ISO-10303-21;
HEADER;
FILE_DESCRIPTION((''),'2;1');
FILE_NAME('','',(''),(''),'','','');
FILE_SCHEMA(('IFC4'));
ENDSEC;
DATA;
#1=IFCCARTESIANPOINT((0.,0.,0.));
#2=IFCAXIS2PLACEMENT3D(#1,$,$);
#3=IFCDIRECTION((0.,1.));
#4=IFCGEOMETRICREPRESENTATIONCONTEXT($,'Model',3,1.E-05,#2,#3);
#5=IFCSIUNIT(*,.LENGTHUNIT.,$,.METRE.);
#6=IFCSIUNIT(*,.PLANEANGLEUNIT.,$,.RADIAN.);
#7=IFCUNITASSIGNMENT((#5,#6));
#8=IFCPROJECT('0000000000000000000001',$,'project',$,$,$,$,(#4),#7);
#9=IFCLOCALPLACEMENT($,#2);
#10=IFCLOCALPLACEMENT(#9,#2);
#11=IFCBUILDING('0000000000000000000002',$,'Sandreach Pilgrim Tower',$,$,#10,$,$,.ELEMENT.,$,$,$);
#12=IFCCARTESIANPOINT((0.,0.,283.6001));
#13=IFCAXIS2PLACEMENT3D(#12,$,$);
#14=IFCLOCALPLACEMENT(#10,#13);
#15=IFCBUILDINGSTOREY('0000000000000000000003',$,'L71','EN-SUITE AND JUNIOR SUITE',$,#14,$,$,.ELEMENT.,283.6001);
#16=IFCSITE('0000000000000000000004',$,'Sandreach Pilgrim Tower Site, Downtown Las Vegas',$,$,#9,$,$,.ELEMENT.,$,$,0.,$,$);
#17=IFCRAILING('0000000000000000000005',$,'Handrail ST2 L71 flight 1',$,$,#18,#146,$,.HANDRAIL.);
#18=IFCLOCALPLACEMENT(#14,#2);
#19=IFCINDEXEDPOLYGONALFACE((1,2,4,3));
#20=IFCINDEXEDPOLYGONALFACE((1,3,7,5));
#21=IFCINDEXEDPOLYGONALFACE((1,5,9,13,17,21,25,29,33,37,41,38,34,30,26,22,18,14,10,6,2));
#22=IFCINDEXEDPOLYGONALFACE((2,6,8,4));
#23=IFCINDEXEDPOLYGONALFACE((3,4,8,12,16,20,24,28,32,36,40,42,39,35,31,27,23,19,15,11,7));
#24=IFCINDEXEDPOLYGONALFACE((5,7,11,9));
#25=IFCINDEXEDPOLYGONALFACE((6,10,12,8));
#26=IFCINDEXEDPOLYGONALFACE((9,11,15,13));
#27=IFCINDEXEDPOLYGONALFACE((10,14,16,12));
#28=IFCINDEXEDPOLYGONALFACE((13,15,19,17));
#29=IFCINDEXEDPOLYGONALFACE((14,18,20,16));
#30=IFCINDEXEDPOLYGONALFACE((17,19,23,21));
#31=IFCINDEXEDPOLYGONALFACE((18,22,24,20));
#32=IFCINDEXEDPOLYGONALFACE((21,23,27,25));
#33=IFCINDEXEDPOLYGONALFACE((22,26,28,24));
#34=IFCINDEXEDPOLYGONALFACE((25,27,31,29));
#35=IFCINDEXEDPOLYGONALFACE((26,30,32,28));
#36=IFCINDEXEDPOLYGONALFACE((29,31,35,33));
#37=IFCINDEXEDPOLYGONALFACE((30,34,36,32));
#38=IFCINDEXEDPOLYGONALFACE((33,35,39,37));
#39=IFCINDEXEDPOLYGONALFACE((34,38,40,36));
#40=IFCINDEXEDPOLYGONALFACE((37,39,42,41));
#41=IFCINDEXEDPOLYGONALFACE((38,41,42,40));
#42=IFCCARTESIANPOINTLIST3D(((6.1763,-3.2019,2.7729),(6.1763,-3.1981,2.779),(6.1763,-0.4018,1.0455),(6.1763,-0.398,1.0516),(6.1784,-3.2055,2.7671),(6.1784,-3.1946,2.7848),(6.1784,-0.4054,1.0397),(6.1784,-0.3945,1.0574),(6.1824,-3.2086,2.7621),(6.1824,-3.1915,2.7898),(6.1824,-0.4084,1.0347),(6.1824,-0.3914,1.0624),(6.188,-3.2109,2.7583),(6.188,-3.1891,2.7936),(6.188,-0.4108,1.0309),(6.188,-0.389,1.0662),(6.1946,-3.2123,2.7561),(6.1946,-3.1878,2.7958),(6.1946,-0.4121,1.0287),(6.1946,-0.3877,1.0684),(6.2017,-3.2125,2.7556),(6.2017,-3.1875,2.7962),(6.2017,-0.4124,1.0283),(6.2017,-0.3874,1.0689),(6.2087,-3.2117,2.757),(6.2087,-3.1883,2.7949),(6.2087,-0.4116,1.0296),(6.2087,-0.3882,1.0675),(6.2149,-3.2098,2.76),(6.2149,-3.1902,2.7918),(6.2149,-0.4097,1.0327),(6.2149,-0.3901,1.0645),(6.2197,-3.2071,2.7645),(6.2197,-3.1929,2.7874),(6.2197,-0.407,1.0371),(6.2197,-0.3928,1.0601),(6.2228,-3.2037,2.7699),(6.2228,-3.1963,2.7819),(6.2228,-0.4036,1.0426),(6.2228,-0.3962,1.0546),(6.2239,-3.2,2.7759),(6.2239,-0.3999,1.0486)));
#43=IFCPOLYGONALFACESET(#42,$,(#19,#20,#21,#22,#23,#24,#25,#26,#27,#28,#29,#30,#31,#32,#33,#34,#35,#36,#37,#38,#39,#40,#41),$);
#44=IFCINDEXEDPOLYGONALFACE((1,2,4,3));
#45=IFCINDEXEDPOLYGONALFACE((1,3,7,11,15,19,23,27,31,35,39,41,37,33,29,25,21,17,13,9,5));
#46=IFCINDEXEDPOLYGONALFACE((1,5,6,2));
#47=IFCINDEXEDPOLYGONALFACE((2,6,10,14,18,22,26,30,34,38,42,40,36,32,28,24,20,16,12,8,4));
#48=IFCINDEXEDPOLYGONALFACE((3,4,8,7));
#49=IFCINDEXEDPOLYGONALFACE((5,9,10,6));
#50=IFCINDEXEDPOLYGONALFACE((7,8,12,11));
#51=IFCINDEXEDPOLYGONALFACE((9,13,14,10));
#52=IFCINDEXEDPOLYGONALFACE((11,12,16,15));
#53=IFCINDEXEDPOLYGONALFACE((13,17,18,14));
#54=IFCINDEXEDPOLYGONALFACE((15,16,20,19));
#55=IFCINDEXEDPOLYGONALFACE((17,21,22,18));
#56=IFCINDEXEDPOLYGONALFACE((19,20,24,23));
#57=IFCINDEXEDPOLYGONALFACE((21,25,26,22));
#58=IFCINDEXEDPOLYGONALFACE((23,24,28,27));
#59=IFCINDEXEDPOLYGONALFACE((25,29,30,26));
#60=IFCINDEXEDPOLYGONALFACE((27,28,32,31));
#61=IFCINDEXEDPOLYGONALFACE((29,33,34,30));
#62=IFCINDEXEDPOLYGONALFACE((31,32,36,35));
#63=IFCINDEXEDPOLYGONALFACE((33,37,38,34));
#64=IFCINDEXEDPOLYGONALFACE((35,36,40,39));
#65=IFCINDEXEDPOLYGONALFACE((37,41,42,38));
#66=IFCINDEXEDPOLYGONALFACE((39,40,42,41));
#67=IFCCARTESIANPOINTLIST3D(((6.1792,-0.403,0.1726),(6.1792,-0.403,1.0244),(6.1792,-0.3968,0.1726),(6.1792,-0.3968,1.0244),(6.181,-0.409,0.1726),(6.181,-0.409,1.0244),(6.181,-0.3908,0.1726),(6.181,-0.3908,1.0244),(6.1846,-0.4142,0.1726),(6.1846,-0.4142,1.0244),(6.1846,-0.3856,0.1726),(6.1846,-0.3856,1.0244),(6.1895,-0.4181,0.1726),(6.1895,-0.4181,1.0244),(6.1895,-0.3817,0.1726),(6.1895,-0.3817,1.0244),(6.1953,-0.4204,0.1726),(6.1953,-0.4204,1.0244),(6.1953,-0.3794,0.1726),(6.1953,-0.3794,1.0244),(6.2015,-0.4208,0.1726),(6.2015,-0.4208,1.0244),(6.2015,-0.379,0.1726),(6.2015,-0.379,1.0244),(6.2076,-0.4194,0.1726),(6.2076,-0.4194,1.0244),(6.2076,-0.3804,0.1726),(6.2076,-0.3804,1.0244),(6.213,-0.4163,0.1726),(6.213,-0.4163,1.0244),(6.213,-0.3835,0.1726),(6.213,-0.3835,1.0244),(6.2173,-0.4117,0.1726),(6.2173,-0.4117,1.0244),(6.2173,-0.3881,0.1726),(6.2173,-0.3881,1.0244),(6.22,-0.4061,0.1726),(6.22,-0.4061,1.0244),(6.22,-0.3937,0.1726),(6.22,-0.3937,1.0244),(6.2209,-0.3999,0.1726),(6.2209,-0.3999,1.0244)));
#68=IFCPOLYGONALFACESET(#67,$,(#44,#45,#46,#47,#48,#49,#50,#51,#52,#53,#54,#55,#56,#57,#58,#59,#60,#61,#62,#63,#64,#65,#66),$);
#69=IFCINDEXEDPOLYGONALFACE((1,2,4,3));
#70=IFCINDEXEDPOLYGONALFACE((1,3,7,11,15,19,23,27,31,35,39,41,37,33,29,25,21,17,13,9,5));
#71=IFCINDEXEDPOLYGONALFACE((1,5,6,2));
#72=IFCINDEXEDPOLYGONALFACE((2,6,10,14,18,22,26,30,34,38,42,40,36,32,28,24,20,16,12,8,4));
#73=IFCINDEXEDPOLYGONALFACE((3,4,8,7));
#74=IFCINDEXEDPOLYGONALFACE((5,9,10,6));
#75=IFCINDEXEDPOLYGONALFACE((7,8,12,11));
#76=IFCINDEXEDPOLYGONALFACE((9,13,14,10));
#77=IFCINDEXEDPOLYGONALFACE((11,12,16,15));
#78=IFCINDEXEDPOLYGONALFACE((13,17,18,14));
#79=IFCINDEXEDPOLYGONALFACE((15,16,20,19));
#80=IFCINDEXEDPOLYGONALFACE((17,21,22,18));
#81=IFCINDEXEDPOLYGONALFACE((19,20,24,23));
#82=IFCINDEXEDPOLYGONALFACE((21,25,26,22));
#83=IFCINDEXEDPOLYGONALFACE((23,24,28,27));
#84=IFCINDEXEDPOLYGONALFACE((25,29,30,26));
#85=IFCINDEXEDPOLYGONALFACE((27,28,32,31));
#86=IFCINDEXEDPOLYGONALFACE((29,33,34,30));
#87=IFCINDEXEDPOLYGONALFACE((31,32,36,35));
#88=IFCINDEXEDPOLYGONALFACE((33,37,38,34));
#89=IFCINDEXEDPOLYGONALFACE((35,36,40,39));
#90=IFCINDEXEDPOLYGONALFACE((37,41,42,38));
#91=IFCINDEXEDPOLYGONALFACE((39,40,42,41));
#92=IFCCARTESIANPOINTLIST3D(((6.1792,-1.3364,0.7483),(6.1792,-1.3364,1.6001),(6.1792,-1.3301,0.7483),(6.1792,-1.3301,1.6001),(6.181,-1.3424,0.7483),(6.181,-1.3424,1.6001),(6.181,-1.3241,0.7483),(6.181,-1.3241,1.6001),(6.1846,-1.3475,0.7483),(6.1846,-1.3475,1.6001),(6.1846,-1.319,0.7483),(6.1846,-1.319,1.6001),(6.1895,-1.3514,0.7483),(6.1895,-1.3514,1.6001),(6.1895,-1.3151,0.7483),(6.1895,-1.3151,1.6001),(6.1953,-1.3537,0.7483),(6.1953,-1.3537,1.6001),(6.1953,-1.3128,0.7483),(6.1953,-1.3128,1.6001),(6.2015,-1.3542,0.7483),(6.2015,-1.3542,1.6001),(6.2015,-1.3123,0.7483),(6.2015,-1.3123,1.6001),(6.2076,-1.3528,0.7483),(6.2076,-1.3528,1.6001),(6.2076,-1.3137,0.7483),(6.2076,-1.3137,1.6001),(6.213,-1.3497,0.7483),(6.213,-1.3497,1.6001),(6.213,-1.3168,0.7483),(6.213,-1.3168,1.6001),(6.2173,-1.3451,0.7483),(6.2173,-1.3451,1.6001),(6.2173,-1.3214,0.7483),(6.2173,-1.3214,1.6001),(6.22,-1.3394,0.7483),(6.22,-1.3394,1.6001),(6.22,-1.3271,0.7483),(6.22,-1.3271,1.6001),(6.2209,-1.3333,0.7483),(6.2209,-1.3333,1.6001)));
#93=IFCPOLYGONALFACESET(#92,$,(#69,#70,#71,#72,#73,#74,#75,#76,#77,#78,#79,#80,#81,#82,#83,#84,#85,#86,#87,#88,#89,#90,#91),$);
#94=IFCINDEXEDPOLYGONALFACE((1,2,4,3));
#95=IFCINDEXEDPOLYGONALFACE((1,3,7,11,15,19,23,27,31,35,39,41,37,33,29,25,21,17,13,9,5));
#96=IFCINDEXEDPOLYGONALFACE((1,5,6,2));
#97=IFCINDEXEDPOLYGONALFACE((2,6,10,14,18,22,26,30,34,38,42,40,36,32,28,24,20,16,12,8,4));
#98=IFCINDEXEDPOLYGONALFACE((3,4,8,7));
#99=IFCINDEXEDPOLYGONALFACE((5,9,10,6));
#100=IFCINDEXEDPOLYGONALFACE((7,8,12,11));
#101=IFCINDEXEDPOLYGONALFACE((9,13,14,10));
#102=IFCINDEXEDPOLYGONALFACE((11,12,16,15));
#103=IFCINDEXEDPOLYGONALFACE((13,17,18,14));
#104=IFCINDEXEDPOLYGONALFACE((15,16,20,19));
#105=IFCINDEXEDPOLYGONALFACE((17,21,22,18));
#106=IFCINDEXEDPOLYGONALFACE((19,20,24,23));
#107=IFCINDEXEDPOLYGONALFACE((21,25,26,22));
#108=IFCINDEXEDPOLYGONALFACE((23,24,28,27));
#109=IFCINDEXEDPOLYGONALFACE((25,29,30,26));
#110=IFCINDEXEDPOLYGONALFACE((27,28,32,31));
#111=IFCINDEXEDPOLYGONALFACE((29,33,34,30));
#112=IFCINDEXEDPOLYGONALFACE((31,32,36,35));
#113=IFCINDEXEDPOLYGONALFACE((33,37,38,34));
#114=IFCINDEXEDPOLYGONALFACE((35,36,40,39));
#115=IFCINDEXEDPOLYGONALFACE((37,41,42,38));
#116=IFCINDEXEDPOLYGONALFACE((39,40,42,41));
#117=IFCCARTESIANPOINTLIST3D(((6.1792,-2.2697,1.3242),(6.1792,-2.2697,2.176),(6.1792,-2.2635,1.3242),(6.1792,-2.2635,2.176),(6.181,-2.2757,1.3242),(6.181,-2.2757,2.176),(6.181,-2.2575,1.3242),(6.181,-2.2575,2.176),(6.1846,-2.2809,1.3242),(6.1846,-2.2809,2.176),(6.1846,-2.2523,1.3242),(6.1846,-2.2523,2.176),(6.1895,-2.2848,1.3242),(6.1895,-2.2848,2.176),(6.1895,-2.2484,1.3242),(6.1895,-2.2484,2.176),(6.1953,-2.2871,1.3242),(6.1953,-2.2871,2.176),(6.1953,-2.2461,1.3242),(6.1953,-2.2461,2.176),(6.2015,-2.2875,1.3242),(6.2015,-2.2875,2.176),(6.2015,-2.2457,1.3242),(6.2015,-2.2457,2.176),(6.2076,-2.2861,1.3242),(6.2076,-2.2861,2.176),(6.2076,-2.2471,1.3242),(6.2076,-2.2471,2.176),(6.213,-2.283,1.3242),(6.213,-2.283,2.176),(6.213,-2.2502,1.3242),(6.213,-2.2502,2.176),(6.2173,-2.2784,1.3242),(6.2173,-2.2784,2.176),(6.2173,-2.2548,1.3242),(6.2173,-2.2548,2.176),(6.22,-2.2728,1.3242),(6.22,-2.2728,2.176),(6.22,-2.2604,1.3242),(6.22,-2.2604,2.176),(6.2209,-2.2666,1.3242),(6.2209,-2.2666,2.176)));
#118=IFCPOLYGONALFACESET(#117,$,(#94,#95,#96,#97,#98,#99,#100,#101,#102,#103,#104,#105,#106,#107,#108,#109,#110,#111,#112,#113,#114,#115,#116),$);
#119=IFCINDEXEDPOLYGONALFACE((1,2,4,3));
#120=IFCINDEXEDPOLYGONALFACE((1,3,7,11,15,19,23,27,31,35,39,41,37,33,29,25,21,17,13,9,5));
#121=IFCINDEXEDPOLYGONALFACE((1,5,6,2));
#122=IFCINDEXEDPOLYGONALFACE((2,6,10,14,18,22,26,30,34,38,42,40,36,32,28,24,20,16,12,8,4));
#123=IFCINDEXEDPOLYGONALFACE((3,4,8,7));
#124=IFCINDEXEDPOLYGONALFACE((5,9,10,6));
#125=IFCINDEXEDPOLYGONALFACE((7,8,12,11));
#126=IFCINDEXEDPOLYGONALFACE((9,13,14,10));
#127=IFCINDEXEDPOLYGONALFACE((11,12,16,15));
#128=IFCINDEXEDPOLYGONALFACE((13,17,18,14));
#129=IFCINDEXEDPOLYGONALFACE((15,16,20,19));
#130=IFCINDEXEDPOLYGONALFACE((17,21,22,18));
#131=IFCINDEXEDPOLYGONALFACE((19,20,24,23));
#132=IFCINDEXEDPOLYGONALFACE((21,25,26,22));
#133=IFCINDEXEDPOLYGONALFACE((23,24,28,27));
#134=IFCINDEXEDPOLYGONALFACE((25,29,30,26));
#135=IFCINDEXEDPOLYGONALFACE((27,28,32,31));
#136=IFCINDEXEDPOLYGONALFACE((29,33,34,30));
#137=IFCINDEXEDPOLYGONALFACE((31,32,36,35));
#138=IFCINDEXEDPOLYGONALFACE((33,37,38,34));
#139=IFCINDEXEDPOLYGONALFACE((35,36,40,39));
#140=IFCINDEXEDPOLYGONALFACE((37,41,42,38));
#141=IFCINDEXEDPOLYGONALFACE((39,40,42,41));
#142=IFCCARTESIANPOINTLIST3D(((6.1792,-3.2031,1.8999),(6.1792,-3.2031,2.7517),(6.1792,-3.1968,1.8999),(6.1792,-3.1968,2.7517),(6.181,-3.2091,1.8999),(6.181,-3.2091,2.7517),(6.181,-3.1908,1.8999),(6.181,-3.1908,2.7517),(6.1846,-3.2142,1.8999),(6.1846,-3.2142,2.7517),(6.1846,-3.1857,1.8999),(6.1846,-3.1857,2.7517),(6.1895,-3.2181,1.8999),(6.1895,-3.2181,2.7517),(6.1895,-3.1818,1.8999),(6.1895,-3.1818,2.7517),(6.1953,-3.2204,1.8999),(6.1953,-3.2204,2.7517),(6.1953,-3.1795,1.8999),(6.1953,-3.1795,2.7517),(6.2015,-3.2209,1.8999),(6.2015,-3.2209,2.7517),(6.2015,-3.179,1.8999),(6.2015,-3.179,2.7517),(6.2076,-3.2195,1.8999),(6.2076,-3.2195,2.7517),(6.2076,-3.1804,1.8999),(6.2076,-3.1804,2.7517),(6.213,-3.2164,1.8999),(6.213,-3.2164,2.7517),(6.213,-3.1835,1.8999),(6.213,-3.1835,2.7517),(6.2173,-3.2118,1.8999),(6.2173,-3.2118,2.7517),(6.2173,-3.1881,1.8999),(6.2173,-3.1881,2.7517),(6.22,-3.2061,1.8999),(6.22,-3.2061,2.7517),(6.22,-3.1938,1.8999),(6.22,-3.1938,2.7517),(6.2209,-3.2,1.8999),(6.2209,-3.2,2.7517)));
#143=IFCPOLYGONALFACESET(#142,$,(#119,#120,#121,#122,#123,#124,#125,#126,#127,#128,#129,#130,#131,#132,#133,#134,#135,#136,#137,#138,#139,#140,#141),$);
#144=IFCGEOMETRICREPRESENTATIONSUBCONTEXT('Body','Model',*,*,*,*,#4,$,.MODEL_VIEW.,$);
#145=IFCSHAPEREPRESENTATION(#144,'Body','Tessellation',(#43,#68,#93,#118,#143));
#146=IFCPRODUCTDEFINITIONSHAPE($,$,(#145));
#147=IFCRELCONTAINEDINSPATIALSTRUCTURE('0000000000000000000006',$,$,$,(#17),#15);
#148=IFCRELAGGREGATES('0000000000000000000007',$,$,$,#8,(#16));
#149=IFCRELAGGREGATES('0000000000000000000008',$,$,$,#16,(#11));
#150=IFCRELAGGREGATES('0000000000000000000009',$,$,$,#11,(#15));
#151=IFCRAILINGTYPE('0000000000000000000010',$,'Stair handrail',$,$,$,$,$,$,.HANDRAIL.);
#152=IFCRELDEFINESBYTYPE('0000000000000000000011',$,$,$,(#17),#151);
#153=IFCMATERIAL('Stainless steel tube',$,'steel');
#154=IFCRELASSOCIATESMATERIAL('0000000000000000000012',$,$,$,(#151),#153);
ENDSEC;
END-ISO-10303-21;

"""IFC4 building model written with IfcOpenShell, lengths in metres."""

from ifc_helpers import new_model, si_unit, direction, frame, origin, origin_2d, place, context, subcontext, project, spatial, circle, extrude, material, type_object, element, save


model = new_model("IFC4")

# Units and contexts
model_context = context("Model", 3, precision=1e-05, world=origin(), true_north=direction((0.0, 1.0)))
body_context = subcontext(model_context, "Body", "Model", "MODEL_VIEW")
ifc_project = project(units=[si_unit("LENGTHUNIT", "METRE"), si_unit("PLANEANGLEUNIT", "RADIAN")], contexts=[model_context])

# Site, building, storey
site_placement = place(None, origin())
site = spatial("IfcSite", under=ifc_project, at=site_placement, Name="Sandreach Pilgrim Tower Site, Downtown Las Vegas", CompositionType="ELEMENT", RefElevation=0.0)
building_placement = place(site_placement, origin())
building = spatial("IfcBuilding", under=site, at=building_placement, Name="Sandreach Pilgrim Tower", CompositionType="ELEMENT")
storey_placement = place(building_placement, frame((0.0, 0.0, 283.6001)))
storey = spatial("IfcBuildingStorey", under=building, at=storey_placement, Name="L71", Description="EN-SUITE AND JUNIOR SUITE", CompositionType="ELEMENT", Elevation=283.6001)

# Railing
ifc_material_1 = material(Name="Stainless steel tube", Category="steel")
railing_type = type_object("IfcRailingType", Name="Stair handrail", PredefinedType="HANDRAIL", material=ifc_material_1)
for number, where, name in (
    (1, (6.2, -0.3999, 0.1726), "Handrail ST2 L71 flight 1"),
):
    element("IfcRailing", number, at=place(storey_placement, frame(where)), inside=storey, type_object=railing_type, Name=name, PredefinedType="HANDRAIL", context=body_context, shape_type="SweptSolid", body=[
        extrude(circle(Radius=0.0239, at=origin_2d()), frame((0.0, 0.0, 0.876), z_axis=(0.0, -0.85109, 0.52502), x_axis=(1.0, 0.0, 0.0)), (0.0, 0.0, 1.0), 3.29),
        extrude(circle(Radius=0.021, at=origin_2d()), origin(), (0.0, 0.0, 1.0), 0.8518),
        extrude(circle(Radius=0.021, at=origin_2d()), frame((0.0, -0.9333, 0.5757)), (0.0, 0.0, 1.0), 0.8518),
        extrude(circle(Radius=0.021, at=origin_2d()), frame((0.0, -1.8667, 1.1516)), (0.0, 0.0, 1.0), 0.8518),
        extrude(circle(Radius=0.021, at=origin_2d()), frame((0.0, -2.8, 1.7273)), (0.0, 0.0, 1.0), 0.8518),
    ])

save(model, "model.ifc")
